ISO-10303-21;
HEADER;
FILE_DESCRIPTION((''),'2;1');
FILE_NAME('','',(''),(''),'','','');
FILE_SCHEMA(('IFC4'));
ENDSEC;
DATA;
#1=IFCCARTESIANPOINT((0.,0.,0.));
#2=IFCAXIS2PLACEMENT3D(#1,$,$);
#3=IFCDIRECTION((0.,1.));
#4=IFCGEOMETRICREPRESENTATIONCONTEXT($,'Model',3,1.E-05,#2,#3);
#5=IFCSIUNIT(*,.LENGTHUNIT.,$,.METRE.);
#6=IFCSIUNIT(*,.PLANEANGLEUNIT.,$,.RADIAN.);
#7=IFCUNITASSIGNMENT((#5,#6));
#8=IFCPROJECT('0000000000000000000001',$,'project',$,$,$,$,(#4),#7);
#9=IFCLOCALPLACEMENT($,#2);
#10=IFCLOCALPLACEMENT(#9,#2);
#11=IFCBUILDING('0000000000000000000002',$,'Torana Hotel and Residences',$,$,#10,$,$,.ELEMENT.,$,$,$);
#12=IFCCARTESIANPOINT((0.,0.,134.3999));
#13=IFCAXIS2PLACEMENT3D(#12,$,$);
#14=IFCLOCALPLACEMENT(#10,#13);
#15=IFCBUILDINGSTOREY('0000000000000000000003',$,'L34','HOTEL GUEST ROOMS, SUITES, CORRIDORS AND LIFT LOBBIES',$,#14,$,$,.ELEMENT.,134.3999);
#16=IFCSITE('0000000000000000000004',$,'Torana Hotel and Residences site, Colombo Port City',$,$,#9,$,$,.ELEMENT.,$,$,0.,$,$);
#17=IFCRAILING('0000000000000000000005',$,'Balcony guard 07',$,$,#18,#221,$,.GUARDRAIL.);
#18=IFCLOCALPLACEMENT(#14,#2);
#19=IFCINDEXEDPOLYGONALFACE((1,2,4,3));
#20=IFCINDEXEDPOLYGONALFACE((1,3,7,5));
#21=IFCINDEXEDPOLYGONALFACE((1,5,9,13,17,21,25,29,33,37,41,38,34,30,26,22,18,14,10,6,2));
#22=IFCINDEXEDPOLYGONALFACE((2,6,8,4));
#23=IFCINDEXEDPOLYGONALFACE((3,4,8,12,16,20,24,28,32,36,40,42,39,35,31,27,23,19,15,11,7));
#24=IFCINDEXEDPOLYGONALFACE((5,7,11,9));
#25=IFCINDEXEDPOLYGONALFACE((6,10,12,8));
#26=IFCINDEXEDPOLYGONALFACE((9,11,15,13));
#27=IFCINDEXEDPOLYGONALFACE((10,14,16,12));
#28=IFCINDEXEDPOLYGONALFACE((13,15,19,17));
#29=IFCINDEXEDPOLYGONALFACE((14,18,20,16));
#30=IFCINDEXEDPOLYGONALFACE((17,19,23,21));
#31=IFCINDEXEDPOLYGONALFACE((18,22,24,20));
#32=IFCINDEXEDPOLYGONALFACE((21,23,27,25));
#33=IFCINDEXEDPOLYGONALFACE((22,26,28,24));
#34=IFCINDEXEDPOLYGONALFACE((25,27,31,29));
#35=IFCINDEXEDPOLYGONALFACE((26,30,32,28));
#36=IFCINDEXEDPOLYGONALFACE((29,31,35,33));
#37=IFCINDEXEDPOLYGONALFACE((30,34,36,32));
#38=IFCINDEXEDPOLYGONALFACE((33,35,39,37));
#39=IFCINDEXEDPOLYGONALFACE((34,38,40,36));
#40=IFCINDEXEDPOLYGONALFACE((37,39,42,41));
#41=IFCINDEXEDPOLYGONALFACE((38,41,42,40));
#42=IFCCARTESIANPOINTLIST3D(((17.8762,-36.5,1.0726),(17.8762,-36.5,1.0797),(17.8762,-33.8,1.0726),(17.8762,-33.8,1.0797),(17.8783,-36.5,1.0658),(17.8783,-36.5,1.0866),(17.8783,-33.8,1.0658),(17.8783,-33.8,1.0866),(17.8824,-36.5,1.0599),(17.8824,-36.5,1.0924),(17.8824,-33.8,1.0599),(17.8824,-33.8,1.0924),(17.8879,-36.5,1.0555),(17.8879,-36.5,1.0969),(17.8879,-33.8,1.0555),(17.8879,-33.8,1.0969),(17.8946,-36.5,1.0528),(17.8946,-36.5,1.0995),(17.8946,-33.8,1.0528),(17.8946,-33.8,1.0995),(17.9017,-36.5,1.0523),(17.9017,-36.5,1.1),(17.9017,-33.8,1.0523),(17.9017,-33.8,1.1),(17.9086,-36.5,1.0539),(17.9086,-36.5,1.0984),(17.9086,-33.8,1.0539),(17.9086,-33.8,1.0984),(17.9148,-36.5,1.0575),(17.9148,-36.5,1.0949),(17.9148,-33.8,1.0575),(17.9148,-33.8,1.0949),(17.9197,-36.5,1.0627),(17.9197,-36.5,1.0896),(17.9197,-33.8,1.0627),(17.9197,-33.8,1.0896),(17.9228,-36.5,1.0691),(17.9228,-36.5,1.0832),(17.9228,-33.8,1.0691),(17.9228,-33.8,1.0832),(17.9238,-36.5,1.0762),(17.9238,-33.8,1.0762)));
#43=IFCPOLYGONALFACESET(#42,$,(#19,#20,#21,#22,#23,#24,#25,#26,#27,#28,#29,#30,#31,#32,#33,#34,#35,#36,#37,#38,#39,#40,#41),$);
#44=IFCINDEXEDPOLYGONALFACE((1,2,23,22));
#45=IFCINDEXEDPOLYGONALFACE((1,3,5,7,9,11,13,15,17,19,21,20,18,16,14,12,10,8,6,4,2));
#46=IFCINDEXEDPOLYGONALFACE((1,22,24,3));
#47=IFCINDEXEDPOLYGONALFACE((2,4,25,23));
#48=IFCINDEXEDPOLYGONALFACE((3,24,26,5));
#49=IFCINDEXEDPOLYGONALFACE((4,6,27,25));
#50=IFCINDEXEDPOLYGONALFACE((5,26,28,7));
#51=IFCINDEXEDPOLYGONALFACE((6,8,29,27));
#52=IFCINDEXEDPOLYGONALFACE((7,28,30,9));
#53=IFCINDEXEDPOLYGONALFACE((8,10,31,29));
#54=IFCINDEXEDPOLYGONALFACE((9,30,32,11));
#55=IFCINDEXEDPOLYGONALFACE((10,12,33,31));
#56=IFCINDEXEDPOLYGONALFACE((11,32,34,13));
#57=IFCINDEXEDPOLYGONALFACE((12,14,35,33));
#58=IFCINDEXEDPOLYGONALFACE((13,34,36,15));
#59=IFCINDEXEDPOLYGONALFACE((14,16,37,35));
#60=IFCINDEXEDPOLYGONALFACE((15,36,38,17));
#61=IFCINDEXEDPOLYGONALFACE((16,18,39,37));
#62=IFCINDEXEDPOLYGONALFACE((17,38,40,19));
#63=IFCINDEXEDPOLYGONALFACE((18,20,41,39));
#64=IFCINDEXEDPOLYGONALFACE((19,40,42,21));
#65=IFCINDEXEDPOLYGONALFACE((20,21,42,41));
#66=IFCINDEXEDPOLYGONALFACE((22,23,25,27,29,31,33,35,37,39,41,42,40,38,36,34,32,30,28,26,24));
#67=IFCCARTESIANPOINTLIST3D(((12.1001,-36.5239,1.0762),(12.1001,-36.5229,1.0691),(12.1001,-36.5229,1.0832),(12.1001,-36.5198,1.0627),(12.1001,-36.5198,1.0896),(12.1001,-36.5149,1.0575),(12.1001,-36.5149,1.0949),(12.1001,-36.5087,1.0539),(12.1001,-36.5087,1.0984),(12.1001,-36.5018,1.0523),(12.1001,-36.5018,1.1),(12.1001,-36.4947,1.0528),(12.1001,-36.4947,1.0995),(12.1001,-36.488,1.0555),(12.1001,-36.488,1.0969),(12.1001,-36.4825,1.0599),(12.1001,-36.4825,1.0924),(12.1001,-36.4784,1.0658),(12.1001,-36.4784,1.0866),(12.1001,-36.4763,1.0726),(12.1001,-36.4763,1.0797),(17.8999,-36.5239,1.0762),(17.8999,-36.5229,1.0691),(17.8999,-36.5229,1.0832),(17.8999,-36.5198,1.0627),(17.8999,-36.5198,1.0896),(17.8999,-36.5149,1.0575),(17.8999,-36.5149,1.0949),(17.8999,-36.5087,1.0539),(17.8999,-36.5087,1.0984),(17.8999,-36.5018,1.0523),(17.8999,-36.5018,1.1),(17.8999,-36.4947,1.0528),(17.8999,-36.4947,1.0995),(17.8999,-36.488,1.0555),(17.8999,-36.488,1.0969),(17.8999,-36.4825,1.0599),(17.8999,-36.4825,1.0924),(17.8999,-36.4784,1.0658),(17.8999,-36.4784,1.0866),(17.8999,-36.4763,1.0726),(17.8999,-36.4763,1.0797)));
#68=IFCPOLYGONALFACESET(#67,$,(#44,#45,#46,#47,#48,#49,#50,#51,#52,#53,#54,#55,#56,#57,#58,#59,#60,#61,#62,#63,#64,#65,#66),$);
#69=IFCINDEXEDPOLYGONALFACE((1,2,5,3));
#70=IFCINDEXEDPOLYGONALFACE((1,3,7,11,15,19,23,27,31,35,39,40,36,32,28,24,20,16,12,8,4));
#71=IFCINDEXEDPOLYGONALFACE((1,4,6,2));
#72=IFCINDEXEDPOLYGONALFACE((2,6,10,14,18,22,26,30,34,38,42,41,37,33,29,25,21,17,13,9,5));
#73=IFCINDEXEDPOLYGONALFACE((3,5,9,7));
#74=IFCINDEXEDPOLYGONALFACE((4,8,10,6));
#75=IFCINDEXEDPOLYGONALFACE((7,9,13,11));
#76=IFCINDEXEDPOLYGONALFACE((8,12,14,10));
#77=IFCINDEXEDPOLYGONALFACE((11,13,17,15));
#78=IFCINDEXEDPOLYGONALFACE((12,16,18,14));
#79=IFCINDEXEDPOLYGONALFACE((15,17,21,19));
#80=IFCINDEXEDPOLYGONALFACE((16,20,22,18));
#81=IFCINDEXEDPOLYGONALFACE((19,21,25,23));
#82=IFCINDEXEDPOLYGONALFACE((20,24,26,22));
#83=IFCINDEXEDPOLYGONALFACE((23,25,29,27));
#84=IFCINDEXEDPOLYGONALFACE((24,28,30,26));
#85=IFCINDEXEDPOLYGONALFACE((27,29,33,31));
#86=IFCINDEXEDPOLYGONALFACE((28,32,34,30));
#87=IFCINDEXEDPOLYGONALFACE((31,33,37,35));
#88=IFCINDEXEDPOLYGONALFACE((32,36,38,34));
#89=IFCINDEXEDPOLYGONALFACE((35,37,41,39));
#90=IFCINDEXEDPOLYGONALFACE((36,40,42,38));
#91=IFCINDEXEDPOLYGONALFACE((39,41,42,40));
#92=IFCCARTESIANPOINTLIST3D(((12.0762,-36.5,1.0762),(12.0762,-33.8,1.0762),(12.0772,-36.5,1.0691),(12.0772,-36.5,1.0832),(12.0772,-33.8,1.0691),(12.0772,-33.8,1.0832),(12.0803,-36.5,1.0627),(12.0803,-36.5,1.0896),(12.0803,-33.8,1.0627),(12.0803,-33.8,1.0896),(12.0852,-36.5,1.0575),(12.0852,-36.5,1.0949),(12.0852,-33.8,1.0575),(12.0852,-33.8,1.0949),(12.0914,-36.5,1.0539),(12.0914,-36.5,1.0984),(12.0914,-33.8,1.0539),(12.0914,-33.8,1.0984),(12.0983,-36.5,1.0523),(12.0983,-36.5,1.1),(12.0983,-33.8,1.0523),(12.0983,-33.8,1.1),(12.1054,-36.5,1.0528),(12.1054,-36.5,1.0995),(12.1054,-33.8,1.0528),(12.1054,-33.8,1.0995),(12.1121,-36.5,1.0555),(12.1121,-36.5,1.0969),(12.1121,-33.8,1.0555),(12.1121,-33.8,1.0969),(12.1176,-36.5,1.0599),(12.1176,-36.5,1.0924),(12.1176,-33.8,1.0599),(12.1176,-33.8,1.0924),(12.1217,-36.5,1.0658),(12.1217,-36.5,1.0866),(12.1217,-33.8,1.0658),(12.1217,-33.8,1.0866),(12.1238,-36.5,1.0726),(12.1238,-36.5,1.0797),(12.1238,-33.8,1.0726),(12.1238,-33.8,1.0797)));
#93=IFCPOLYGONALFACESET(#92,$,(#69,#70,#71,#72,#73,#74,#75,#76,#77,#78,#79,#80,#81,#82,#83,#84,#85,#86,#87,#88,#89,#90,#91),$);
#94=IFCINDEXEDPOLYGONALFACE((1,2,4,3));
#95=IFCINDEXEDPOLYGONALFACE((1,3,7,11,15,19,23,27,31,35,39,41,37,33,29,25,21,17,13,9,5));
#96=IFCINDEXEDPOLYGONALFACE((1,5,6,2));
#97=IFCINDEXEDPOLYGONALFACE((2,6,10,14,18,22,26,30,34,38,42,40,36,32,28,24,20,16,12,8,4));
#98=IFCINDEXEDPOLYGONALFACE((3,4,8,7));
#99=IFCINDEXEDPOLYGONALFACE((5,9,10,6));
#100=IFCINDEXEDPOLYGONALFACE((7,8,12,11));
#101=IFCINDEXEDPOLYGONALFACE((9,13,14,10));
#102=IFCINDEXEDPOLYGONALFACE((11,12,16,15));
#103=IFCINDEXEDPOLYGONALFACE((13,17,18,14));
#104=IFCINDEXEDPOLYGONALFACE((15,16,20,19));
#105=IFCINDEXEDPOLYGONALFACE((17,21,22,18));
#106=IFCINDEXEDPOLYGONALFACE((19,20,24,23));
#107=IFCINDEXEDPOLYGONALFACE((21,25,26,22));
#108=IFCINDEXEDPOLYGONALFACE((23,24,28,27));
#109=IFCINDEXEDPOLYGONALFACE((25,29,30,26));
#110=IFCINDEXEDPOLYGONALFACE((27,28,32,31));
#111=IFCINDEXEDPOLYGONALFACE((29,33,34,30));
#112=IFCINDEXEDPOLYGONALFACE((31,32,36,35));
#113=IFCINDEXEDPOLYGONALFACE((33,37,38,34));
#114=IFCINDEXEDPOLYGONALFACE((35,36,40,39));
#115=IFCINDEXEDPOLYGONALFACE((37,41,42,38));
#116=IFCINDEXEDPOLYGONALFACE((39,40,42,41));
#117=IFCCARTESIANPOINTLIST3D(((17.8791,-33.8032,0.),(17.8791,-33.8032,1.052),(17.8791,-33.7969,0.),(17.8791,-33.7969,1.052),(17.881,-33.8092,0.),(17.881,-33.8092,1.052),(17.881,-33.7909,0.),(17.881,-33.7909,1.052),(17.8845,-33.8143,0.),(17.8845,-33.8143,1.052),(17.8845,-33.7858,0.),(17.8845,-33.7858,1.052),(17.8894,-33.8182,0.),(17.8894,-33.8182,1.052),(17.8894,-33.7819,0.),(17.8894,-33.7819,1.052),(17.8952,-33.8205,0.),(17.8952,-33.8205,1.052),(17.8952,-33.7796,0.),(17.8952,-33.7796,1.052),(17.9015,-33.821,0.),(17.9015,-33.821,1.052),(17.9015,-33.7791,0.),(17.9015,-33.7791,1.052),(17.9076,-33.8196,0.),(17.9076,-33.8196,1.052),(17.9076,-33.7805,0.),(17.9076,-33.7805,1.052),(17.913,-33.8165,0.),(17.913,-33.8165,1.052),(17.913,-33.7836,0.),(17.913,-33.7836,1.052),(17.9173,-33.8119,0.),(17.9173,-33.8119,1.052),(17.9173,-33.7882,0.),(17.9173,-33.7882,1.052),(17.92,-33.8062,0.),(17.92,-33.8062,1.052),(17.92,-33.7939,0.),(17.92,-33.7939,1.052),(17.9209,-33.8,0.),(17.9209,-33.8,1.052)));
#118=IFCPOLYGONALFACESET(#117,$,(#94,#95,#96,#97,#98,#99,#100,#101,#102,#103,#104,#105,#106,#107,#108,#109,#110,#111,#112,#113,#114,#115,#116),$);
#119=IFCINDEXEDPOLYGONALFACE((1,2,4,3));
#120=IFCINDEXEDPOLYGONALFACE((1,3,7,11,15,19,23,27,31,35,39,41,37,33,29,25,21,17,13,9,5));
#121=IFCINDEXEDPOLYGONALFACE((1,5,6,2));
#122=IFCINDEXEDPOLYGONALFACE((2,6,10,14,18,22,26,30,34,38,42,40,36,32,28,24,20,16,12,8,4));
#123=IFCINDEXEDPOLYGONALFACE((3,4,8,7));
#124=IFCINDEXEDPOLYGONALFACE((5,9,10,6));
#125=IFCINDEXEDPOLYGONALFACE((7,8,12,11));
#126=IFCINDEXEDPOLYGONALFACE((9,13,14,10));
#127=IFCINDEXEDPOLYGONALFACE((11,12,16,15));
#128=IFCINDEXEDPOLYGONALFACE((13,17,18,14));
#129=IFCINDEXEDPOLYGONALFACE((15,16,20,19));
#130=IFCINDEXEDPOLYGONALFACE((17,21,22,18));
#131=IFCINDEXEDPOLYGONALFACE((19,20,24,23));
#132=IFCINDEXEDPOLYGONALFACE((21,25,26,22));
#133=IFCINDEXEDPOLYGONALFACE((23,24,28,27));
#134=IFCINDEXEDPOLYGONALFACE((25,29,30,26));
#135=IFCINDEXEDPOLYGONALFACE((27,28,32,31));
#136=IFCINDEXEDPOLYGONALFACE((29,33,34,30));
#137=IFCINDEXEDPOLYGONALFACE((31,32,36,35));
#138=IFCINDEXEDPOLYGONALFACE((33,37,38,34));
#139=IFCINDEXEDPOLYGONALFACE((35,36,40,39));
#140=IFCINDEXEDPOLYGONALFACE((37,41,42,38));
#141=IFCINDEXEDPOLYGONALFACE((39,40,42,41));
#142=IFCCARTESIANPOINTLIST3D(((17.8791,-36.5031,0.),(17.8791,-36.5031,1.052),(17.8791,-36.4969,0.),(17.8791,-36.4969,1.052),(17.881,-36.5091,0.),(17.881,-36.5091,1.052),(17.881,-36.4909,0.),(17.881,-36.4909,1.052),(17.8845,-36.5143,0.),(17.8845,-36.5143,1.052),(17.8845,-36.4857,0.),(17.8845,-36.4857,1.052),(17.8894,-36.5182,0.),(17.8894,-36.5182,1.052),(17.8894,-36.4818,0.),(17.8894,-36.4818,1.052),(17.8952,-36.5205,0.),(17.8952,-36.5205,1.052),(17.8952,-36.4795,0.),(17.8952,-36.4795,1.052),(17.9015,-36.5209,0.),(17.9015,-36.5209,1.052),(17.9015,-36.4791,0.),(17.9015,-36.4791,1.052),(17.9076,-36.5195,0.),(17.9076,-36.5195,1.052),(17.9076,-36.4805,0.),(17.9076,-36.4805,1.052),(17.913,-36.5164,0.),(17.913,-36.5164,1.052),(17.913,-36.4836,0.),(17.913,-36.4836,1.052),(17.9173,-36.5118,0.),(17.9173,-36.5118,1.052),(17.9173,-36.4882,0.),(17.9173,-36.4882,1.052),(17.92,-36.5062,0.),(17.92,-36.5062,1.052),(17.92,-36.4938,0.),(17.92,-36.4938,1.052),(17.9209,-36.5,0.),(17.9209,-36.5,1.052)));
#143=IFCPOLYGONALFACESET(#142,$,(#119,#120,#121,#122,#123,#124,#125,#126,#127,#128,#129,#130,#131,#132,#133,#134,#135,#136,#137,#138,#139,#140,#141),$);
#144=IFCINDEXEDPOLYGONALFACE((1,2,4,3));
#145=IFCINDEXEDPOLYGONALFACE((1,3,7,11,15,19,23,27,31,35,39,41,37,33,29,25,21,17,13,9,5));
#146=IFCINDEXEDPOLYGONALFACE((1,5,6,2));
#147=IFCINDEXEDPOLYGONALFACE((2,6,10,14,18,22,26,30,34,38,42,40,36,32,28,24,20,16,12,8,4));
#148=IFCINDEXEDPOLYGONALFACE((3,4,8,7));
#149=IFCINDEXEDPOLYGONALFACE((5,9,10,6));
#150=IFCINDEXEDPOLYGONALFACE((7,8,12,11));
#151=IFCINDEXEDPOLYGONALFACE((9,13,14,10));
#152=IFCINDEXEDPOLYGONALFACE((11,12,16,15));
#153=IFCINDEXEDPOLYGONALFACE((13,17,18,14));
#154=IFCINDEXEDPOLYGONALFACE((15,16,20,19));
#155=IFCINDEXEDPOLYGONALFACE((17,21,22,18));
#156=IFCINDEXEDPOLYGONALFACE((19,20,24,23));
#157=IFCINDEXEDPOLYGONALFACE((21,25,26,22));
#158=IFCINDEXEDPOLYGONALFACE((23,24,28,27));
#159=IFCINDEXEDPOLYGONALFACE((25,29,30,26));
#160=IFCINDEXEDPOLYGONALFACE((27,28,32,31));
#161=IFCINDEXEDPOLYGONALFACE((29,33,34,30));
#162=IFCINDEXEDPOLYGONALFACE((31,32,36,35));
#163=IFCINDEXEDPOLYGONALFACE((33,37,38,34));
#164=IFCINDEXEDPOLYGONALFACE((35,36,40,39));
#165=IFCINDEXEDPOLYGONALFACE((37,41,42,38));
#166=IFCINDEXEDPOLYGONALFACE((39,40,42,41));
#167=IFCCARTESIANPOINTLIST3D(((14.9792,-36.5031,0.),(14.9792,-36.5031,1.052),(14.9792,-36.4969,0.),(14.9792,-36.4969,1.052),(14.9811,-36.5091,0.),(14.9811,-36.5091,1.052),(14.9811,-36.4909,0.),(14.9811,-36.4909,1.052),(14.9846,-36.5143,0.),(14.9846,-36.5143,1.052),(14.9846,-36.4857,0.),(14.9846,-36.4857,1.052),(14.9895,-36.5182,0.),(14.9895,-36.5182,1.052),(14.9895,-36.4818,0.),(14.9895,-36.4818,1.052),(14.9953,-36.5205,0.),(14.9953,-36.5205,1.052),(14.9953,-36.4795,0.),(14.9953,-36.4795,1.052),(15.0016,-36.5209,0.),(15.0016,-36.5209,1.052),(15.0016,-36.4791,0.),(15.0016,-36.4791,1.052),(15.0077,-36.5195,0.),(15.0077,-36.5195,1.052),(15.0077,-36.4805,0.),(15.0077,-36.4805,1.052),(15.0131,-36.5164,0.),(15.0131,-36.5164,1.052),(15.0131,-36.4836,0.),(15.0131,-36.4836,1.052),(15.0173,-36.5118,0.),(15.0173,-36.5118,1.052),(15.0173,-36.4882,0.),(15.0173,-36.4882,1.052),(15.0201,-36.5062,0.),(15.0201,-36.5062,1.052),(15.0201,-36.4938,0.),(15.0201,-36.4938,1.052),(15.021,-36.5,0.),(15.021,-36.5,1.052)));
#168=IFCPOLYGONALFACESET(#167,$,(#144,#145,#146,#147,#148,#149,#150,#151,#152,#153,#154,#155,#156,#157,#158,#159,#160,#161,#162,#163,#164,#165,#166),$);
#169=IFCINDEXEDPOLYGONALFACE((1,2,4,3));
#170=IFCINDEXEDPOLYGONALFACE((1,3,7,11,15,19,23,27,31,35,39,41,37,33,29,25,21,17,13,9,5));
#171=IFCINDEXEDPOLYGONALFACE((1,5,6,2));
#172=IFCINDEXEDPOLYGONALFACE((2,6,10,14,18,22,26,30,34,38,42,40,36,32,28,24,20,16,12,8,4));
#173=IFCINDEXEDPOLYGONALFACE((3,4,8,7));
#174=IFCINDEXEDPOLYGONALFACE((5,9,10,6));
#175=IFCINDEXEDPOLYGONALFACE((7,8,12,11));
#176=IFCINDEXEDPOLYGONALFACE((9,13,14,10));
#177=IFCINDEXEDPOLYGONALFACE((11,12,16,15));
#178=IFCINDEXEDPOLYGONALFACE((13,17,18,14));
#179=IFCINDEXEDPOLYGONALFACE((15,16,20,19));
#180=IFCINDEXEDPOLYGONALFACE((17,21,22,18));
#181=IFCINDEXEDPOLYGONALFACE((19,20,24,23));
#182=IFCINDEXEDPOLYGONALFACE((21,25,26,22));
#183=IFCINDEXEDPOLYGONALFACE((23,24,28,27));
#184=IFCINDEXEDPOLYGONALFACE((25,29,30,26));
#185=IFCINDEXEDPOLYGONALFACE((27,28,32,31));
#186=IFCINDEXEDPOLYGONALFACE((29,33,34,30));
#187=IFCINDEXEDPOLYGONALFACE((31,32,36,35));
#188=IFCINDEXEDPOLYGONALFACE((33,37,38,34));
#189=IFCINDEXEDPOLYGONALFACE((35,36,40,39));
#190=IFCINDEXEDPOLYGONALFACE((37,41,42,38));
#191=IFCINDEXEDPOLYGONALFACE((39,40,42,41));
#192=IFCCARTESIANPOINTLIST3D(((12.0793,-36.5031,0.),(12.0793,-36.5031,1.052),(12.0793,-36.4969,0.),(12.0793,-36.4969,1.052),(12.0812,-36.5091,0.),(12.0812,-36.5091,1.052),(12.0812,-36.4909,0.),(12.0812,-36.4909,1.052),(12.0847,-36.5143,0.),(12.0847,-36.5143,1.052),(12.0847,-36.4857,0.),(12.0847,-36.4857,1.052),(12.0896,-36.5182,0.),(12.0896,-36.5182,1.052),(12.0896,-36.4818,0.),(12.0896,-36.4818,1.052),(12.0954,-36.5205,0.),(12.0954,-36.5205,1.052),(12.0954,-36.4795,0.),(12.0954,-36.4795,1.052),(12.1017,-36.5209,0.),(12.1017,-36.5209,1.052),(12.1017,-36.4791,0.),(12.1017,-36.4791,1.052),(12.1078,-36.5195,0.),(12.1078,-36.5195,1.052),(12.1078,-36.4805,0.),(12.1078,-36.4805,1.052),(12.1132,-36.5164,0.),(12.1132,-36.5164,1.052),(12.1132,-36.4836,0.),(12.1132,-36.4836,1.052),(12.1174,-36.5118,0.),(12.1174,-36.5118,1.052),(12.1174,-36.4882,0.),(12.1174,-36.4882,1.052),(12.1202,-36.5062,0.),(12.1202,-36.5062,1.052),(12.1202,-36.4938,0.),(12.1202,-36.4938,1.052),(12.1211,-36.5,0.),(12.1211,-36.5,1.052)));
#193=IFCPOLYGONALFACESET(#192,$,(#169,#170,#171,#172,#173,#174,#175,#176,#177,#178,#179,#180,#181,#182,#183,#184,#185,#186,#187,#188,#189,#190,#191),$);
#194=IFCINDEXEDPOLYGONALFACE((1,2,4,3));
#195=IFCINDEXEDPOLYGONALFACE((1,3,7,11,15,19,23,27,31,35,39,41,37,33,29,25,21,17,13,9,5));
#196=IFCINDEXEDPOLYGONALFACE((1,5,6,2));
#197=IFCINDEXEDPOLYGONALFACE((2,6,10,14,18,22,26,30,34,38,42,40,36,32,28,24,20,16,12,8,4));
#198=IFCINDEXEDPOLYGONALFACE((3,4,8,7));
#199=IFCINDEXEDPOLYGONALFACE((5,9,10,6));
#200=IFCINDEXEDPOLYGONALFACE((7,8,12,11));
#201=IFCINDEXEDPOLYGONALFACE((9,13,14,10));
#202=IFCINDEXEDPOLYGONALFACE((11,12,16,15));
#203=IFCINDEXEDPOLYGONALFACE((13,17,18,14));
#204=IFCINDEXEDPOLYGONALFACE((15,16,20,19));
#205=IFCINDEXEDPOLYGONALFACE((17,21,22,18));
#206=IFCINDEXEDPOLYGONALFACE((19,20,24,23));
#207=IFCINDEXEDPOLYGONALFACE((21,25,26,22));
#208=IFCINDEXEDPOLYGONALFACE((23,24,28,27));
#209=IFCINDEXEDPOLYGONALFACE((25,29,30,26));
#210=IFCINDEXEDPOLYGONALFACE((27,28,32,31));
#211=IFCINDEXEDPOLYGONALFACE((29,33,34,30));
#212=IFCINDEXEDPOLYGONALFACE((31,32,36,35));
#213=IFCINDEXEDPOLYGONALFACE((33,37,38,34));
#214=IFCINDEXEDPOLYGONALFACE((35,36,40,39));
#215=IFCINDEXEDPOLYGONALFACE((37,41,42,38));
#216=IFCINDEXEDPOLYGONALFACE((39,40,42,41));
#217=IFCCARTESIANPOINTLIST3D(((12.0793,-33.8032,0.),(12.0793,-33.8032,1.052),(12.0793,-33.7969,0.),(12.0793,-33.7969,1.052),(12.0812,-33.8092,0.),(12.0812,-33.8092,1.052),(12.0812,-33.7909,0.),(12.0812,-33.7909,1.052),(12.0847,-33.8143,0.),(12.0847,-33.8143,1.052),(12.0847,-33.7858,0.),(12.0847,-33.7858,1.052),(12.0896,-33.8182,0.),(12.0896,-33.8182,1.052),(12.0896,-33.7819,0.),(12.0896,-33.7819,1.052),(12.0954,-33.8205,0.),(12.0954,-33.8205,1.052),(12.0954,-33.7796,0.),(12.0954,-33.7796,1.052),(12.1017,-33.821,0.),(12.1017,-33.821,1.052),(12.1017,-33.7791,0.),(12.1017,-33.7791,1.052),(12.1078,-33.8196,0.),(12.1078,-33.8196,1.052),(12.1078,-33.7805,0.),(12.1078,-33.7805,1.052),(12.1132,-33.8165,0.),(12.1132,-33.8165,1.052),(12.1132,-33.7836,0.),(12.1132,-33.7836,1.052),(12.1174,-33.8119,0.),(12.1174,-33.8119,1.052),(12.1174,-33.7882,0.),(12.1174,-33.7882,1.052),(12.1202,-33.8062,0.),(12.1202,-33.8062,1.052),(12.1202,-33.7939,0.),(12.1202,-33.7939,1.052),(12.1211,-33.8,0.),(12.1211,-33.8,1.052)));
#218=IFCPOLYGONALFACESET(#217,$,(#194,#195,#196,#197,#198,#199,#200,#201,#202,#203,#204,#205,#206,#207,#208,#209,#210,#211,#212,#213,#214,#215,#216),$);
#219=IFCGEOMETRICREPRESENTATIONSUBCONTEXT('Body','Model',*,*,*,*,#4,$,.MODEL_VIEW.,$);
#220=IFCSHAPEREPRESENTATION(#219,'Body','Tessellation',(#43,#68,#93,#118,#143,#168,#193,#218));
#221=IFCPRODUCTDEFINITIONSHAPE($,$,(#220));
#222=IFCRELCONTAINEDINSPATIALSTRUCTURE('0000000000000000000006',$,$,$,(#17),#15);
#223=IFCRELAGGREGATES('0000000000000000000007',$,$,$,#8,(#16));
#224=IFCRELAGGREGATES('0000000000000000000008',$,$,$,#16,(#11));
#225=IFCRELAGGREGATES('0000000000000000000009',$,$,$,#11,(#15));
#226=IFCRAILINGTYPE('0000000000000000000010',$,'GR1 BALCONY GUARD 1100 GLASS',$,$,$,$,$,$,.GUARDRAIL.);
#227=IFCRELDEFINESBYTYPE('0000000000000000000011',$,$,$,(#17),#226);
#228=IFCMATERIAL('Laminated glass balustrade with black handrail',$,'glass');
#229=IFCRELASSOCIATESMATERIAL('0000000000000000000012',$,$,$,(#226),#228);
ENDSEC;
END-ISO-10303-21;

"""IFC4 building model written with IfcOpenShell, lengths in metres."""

from ifc_helpers import new_model, si_unit, direction, frame, origin, origin_2d, place, context, subcontext, project, spatial, circle, extrude, material, type_object, element, save


model = new_model("IFC4")

# Units and contexts
model_context = context("Model", 3, precision=1e-05, world=origin(), true_north=direction((0.0, 1.0)))
body_context = subcontext(model_context, "Body", "Model", "MODEL_VIEW")
ifc_project = project(units=[si_unit("LENGTHUNIT", "METRE"), si_unit("PLANEANGLEUNIT", "RADIAN")], contexts=[model_context])

# Site, building, storey
site_placement = place(None, origin())
site = spatial("IfcSite", under=ifc_project, at=site_placement, Name="Torana Hotel and Residences site, Colombo Port City", CompositionType="ELEMENT", RefElevation=0.0)
building_placement = place(site_placement, origin())
building = spatial("IfcBuilding", under=site, at=building_placement, Name="Torana Hotel and Residences", CompositionType="ELEMENT")
storey_placement = place(building_placement, frame((0.0, 0.0, 134.3999)))
storey = spatial("IfcBuildingStorey", under=building, at=storey_placement, Name="L34", Description="HOTEL GUEST ROOMS, SUITES, CORRIDORS AND LIFT LOBBIES", CompositionType="ELEMENT", Elevation=134.3999)

# Railing
ifc_material_1 = material(Name="Laminated glass balustrade with black handrail", Category="glass")
railing_type = type_object("IfcRailingType", Name="GR1 BALCONY GUARD 1100 GLASS", PredefinedType="GUARDRAIL", material=ifc_material_1)
railing_1_placement = place(storey_placement, frame((17.8999, -33.8, 0.0)))
element("IfcRailing", 1, at=railing_1_placement, inside=storey, type_object=railing_type, Name="Balcony guard 07", PredefinedType="GUARDRAIL", context=body_context, shape_type="SweptSolid", body=[
    extrude(circle(Radius=0.0239, at=origin_2d()), frame((0.0, 0.0, 1.0762), z_axis=(0.0, -1.0, 0.0), x_axis=(1.0, 0.0, 0.0)), (0.0, 0.0, 1.0), 2.7),
    extrude(circle(Radius=0.0239, at=origin_2d()), frame((0.0, -2.7, 1.0762), z_axis=(-1.0, 0.0, 0.0), x_axis=(0.0, -1.0, 0.0)), (0.0, 0.0, 1.0), 5.7998),
    extrude(circle(Radius=0.0239, at=origin_2d()), frame((-5.7998, -2.7, 1.0762), z_axis=(0.0, 1.0, 0.0), x_axis=(-1.0, 0.0, 0.0)), (0.0, 0.0, 1.0), 2.7),
    extrude(circle(Radius=0.021, at=origin_2d()), origin(), (0.0, 0.0, 1.0), 1.052),
    extrude(circle(Radius=0.021, at=origin_2d()), frame((0.0, -2.7, 0.0)), (0.0, 0.0, 1.0), 1.052),
    extrude(circle(Radius=0.021, at=origin_2d()), frame((-2.8999, -2.7, 0.0)), (0.0, 0.0, 1.0), 1.052),
    extrude(circle(Radius=0.021, at=origin_2d()), frame((-5.7998, -2.7, 0.0)), (0.0, 0.0, 1.0), 1.052),
    extrude(circle(Radius=0.021, at=origin_2d()), frame((-5.7998, 0.0, 0.0)), (0.0, 0.0, 1.0), 1.052),
])

save(model, "model.ifc")
